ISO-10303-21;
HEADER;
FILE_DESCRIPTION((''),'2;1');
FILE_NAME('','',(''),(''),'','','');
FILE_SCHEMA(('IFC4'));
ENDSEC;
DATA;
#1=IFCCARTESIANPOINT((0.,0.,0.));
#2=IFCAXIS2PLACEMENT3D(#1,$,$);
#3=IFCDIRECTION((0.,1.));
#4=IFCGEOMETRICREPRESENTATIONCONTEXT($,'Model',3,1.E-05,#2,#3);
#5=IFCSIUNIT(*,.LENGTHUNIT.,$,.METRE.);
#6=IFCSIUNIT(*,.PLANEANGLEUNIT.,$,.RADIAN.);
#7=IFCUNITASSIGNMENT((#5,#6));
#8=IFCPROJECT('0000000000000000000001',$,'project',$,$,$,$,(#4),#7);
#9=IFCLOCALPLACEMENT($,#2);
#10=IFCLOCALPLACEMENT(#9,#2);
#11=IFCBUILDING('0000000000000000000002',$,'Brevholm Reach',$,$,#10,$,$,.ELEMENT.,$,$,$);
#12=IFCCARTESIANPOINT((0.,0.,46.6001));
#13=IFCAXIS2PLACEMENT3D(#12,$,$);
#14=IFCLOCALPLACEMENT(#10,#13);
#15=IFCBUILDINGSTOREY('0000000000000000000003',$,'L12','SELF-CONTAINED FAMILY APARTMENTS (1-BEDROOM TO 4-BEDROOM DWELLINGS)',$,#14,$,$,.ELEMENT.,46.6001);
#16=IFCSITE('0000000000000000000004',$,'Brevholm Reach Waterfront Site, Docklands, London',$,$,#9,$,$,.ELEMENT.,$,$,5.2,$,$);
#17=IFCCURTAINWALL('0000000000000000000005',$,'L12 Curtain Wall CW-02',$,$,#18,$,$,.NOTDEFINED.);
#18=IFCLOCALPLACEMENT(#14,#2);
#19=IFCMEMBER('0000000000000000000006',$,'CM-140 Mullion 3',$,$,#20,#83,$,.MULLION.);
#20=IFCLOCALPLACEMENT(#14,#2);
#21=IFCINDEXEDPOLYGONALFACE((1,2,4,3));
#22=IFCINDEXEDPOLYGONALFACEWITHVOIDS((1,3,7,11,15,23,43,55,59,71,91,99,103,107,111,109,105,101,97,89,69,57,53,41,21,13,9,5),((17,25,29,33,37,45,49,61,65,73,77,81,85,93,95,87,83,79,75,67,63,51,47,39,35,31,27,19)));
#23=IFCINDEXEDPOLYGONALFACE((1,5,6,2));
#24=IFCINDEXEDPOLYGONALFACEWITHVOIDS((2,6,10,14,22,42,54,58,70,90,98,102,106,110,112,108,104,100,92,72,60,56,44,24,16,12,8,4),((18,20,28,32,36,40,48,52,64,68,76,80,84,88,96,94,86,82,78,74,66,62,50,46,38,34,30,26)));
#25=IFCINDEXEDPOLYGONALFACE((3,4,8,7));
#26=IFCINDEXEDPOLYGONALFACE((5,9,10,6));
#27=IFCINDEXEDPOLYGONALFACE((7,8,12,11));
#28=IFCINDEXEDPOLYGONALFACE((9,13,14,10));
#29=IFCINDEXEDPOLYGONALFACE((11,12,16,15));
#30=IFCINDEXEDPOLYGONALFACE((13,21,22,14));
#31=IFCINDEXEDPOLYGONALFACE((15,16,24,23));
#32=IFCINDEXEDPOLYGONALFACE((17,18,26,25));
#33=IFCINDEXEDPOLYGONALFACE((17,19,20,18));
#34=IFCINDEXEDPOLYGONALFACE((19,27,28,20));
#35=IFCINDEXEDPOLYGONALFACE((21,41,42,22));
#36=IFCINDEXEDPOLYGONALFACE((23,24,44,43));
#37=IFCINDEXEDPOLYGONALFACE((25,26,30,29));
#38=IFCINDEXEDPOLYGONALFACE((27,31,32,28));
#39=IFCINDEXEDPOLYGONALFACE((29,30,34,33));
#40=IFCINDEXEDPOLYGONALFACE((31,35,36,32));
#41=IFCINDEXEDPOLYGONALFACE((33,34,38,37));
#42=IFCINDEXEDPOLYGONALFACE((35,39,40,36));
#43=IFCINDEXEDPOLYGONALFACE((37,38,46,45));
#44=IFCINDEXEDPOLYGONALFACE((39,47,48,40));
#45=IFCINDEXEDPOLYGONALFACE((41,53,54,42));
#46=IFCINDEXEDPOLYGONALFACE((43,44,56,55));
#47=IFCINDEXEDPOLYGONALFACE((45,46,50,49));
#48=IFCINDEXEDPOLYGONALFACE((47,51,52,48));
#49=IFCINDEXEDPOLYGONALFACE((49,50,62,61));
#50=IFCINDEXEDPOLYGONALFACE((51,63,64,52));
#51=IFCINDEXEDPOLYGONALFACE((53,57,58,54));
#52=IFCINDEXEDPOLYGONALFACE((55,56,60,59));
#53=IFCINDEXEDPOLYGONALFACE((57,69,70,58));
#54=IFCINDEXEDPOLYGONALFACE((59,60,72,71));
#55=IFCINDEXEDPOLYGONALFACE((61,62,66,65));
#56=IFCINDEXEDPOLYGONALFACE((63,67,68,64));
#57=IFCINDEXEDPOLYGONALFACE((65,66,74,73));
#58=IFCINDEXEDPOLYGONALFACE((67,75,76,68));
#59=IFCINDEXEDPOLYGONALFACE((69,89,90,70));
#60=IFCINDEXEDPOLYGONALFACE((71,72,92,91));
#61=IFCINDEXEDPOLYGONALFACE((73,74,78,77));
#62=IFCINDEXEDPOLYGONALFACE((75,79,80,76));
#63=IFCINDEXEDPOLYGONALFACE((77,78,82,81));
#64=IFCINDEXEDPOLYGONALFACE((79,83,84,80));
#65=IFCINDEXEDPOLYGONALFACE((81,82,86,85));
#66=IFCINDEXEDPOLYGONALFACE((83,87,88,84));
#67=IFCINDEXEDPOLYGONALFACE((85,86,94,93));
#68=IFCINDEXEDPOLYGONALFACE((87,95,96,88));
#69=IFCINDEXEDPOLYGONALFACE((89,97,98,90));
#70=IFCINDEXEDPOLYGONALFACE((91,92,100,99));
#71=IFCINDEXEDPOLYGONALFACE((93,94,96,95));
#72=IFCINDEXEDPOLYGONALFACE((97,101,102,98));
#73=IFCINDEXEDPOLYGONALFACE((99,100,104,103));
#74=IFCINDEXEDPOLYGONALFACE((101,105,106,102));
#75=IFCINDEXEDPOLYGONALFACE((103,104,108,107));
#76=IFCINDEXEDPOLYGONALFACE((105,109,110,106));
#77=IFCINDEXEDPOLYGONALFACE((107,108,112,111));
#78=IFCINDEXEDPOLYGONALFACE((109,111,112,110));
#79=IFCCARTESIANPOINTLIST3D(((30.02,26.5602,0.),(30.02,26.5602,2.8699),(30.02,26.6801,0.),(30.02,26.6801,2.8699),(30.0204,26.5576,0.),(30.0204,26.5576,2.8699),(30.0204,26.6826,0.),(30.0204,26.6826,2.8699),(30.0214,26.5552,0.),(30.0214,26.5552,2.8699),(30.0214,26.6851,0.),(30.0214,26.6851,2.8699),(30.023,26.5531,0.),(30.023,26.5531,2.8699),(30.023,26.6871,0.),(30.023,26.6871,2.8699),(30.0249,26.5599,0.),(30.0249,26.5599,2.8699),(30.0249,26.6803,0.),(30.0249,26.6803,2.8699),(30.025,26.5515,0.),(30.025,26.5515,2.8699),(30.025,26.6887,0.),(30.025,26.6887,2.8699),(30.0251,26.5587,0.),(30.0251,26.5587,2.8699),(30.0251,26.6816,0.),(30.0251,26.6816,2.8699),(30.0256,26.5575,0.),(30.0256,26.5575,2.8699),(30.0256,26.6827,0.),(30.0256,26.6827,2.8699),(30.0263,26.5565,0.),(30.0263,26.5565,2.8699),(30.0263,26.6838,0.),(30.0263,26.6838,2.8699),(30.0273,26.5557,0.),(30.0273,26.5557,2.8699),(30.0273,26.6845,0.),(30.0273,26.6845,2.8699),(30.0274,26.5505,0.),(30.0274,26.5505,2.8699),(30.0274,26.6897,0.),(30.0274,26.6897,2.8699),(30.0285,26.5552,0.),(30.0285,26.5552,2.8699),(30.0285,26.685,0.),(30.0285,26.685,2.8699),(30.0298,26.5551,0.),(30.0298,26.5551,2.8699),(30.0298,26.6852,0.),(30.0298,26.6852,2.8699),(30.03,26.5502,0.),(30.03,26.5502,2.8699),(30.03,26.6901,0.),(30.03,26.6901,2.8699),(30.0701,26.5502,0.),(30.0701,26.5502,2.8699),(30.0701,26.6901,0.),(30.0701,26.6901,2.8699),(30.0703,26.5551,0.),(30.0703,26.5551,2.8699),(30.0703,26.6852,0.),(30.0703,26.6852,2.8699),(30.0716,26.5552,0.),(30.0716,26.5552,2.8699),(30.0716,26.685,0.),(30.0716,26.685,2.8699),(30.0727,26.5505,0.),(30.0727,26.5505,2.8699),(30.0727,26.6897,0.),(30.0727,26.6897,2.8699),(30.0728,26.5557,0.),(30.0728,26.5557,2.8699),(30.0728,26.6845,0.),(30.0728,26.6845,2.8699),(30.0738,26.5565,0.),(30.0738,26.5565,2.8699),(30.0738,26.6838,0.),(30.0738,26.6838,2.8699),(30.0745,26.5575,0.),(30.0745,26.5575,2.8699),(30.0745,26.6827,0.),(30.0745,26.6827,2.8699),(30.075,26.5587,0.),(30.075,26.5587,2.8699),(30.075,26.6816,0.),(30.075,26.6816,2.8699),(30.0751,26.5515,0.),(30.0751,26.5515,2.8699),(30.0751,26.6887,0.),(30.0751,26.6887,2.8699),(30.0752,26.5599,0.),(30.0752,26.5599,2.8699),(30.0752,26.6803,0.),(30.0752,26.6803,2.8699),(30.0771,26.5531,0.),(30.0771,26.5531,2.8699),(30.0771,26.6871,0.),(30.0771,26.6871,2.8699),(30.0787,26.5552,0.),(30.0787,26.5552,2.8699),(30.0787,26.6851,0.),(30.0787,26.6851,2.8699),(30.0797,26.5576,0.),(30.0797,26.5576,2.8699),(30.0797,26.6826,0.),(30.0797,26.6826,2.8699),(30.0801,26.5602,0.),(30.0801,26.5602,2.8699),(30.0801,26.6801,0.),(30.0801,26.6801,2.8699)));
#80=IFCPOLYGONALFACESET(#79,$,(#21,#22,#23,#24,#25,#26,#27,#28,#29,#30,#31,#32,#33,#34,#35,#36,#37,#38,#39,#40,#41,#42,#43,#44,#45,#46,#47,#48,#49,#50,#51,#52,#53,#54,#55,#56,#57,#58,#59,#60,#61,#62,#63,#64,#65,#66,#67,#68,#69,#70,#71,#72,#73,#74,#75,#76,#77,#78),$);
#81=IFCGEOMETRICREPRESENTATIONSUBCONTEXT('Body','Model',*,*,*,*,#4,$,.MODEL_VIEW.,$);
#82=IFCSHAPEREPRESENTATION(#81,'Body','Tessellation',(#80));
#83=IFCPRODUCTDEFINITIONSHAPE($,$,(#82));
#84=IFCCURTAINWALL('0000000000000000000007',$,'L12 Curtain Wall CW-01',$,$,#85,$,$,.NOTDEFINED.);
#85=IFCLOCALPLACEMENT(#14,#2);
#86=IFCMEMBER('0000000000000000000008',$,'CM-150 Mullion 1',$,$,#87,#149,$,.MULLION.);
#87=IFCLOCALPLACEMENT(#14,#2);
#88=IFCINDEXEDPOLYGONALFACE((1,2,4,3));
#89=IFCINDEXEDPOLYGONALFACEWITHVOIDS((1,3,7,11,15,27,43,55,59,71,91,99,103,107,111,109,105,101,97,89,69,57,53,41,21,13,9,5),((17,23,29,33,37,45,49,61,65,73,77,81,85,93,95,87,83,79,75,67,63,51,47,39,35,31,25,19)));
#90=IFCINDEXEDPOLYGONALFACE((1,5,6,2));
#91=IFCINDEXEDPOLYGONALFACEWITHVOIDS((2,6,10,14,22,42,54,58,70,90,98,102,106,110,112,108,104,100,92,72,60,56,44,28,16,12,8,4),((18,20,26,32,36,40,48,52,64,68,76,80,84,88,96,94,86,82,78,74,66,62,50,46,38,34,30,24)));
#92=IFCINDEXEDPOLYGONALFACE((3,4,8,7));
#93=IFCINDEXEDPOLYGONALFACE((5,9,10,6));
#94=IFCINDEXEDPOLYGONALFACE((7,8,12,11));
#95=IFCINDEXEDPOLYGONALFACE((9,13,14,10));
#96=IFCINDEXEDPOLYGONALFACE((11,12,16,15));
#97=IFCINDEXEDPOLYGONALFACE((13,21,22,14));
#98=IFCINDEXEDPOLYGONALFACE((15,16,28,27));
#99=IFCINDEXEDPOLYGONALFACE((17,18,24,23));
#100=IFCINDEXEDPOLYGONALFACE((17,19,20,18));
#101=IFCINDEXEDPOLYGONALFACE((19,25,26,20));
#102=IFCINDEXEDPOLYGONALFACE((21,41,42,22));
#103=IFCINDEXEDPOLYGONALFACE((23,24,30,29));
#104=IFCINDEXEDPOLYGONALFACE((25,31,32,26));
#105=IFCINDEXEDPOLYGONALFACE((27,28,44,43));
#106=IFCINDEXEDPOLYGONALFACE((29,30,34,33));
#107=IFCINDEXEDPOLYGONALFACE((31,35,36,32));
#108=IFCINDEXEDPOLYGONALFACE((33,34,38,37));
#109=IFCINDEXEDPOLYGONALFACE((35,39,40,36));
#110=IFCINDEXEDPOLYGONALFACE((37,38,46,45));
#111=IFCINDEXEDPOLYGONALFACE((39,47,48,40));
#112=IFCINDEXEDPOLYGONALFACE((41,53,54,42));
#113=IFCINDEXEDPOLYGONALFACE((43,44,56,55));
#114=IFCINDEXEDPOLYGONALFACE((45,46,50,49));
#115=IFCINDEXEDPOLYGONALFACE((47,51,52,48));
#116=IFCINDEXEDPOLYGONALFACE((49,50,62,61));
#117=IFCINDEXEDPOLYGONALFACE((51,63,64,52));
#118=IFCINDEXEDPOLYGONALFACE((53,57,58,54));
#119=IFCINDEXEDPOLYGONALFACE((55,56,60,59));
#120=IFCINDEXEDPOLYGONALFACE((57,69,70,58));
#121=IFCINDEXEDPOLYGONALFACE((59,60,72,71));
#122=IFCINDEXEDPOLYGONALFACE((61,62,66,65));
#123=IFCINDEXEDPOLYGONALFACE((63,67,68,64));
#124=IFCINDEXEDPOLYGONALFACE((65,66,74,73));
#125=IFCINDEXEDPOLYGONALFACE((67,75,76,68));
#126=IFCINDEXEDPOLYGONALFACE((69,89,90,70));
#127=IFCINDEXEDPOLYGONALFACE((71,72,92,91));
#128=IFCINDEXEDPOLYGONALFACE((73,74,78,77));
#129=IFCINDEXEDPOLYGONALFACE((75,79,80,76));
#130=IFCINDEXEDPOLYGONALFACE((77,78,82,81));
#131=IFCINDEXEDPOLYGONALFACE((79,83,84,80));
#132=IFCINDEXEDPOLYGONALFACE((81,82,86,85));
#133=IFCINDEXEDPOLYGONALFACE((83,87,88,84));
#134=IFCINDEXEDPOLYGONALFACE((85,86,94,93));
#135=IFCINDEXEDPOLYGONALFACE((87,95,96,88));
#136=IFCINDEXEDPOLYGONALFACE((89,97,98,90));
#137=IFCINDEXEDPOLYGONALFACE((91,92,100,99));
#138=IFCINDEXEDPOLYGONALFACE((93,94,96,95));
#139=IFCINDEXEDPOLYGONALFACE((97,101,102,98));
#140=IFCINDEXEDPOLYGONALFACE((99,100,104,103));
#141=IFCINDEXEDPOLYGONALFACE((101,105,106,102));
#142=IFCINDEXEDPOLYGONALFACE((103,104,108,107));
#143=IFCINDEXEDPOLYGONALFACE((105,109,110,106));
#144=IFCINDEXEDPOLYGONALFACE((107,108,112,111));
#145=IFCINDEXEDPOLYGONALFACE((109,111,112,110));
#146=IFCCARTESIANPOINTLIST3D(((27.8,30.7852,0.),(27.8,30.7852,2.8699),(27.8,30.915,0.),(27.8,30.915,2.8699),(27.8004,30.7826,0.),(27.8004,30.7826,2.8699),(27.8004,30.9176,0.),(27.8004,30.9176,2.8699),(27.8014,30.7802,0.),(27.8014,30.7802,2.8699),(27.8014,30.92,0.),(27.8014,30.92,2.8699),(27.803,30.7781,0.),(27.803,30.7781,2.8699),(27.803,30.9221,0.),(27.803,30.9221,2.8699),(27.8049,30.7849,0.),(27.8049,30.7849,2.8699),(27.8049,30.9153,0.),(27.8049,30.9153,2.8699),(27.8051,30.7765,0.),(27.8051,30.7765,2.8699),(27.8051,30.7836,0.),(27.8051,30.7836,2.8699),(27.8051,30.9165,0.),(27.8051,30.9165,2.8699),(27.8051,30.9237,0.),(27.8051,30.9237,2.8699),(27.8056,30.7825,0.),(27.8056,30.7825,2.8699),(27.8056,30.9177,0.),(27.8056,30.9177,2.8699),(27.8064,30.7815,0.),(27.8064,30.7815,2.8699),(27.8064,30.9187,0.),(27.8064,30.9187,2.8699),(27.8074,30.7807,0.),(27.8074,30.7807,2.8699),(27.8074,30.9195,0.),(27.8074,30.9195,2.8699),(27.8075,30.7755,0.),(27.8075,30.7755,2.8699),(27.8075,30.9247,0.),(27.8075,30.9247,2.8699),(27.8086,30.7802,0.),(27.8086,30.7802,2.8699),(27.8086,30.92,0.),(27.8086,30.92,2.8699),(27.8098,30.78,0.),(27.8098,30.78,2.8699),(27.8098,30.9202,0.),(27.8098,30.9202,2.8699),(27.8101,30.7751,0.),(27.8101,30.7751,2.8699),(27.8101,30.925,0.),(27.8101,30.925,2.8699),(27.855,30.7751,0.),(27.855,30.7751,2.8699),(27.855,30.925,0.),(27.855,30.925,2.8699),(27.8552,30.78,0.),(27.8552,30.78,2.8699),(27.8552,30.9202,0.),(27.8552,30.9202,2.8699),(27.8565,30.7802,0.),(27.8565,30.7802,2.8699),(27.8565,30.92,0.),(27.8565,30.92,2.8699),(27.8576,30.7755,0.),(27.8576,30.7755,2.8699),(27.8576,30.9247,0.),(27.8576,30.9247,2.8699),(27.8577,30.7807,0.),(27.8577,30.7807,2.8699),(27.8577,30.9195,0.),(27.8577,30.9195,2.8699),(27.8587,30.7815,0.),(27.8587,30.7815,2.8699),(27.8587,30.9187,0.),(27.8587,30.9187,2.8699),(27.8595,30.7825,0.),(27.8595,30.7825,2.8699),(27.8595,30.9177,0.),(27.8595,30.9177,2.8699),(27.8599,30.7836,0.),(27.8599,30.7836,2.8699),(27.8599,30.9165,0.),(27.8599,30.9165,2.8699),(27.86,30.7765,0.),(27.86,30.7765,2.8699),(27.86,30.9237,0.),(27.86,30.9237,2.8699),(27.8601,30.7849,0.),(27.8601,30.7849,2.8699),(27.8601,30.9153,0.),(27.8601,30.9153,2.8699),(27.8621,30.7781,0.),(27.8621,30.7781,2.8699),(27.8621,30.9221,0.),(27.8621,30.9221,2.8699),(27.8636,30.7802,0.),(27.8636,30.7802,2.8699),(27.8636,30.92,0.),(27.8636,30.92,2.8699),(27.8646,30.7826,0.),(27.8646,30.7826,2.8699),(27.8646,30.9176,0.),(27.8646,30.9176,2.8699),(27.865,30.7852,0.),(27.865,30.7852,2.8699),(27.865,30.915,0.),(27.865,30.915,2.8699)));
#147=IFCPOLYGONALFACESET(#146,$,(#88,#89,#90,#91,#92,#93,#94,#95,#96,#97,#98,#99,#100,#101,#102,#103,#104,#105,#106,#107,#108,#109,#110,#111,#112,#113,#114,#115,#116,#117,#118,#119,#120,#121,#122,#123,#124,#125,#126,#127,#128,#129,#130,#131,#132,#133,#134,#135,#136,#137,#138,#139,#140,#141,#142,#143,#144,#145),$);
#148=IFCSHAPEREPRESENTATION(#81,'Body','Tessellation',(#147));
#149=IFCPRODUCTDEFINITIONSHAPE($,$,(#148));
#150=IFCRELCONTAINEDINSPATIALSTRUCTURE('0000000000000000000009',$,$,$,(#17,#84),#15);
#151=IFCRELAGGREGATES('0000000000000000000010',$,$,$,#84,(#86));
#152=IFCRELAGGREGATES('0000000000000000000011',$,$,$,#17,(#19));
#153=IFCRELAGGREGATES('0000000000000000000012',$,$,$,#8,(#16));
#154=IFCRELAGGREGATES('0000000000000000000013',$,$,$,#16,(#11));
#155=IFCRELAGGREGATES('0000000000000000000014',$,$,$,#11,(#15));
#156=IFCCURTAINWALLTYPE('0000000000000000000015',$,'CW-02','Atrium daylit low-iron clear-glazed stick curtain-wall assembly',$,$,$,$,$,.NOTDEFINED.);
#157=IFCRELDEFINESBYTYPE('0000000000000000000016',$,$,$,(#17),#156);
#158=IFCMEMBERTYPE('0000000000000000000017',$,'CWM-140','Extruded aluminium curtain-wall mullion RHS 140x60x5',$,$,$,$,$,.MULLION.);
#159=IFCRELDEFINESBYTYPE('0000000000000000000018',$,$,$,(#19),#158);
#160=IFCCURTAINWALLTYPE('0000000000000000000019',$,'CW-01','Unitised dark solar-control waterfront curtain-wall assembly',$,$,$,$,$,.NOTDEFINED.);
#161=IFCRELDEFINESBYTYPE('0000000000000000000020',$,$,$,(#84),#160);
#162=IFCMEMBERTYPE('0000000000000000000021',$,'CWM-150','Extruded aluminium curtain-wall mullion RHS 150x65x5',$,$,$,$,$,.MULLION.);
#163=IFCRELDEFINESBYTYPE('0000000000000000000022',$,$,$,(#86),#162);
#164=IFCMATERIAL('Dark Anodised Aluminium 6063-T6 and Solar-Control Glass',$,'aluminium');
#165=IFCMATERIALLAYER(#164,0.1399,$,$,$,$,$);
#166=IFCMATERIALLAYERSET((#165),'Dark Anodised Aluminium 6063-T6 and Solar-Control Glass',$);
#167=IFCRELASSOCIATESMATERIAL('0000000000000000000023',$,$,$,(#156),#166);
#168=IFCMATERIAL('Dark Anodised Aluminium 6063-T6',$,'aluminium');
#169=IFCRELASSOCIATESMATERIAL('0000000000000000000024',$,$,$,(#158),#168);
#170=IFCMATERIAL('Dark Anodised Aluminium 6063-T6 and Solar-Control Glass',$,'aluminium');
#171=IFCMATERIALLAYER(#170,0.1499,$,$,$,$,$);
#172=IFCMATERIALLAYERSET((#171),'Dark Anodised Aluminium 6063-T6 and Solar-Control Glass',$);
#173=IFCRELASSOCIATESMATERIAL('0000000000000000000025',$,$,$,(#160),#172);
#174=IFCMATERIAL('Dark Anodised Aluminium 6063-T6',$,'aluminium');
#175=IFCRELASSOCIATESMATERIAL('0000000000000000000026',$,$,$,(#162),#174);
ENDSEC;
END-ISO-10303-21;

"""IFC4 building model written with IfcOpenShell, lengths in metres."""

from ifc_helpers import new_model, si_unit, direction, frame, origin, origin_2d, place, context, subcontext, project, spatial, hollow_rectangle, extrude, material, layer, layer_set, material_profile, profile_set, type_object, element, aggregate, save


model = new_model("IFC4")

# Units and contexts
model_context = context("Model", 3, precision=1e-05, world=origin(), true_north=direction((0.0, 1.0)))
body_context = subcontext(model_context, "Body", "Model", "MODEL_VIEW")
ifc_project = project(units=[si_unit("LENGTHUNIT", "METRE"), si_unit("PLANEANGLEUNIT", "RADIAN")], contexts=[model_context])

# Site, building, storey
site_placement = place(None, origin())
site = spatial("IfcSite", under=ifc_project, at=site_placement, Name="Brevholm Reach Waterfront Site, Docklands, London", CompositionType="ELEMENT", RefElevation=5.2)
building_placement = place(site_placement, origin())
building = spatial("IfcBuilding", under=site, at=building_placement, Name="Brevholm Reach", CompositionType="ELEMENT")
storey_placement = place(building_placement, frame((0.0, 0.0, 46.6001)))
storey = spatial("IfcBuildingStorey", under=building, at=storey_placement, Name="L12", Description="SELF-CONTAINED FAMILY APARTMENTS (1-BEDROOM TO 4-BEDROOM DWELLINGS)", CompositionType="ELEMENT", Elevation=46.6001)

# Curtain walls, members
ifc_material_1 = material(Name="Dark Anodised Aluminium 6063-T6 and Solar-Control Glass", Category="aluminium")
ifc_layer_1 = layer(ifc_material_1, 0.1399)
ifc_layer_set_1 = layer_set([ifc_layer_1], Name="Dark Anodised Aluminium 6063-T6 and Solar-Control Glass")
curtain_wall_type_1 = type_object("IfcCurtainWallType", Name="CW-02", Description="Atrium daylit low-iron clear-glazed stick curtain-wall assembly", PredefinedType="NOTDEFINED", material=ifc_layer_set_1)
curtain_wall_1_placement = place(storey_placement, origin())
curtain_wall_1 = element("IfcCurtainWall", 1, at=curtain_wall_1_placement, inside=storey, type_object=curtain_wall_type_1, Name="L12 Curtain Wall CW-02", PredefinedType="NOTDEFINED")
ifc_material_2 = material(Name="Dark Anodised Aluminium 6063-T6", Category="aluminium")
ifc_material_profile_1 = material_profile(ifc_material_2, hollow_rectangle(XDim=0.0601, YDim=0.1399, WallThickness=0.0049, InnerFilletRadius=0.0049, OuterFilletRadius=0.01, at=origin_2d()), Name="RHS 140x60x5")
ifc_profile_set_1 = profile_set([ifc_material_profile_1], Name="Dark Anodised Aluminium 6063-T6")
member_type_1 = type_object("IfcMemberType", Name="CWM-140", Description="Extruded aluminium curtain-wall mullion RHS 140x60x5", PredefinedType="MULLION", material=ifc_profile_set_1)
member_1_placement = place(storey_placement, frame((30.05, 26.6201, 0.0), z_axis=(0.0, 0.0, 1.0), x_axis=(-1.0, 0.0, 0.0)))
member_1 = element("IfcMember", 2, at=member_1_placement, type_object=member_type_1, Name="CM-140 Mullion 3", PredefinedType="MULLION", context=body_context, shape_type="SweptSolid", body=[
    extrude(hollow_rectangle(XDim=0.0601, YDim=0.1399, WallThickness=0.0049, InnerFilletRadius=0.0049, OuterFilletRadius=0.01, at=origin_2d()), origin(), (0.0, 0.0, 1.0), 2.8699),
])
ifc_material_3 = material(Name="Dark Anodised Aluminium 6063-T6 and Solar-Control Glass", Category="aluminium")
ifc_layer_2 = layer(ifc_material_3, 0.1499)
ifc_layer_set_2 = layer_set([ifc_layer_2], Name="Dark Anodised Aluminium 6063-T6 and Solar-Control Glass")
curtain_wall_type_2 = type_object("IfcCurtainWallType", Name="CW-01", Description="Unitised dark solar-control waterfront curtain-wall assembly", PredefinedType="NOTDEFINED", material=ifc_layer_set_2)
curtain_wall_2_placement = place(storey_placement, origin())
curtain_wall_2 = element("IfcCurtainWall", 3, at=curtain_wall_2_placement, inside=storey, type_object=curtain_wall_type_2, Name="L12 Curtain Wall CW-01", PredefinedType="NOTDEFINED")
ifc_material_4 = material(Name="Dark Anodised Aluminium 6063-T6", Category="aluminium")
ifc_material_profile_2 = material_profile(ifc_material_4, hollow_rectangle(XDim=0.0649, YDim=0.1499, WallThickness=0.0049, InnerFilletRadius=0.0049, OuterFilletRadius=0.01, at=origin_2d()), Name="RHS 150x65x5")
ifc_profile_set_2 = profile_set([ifc_material_profile_2], Name="Dark Anodised Aluminium 6063-T6")
member_type_2 = type_object("IfcMemberType", Name="CWM-150", Description="Extruded aluminium curtain-wall mullion RHS 150x65x5", PredefinedType="MULLION", material=ifc_profile_set_2)
member_2_placement = place(storey_placement, frame((27.8325, 30.8501, 0.0), z_axis=(0.0, 0.0, 1.0), x_axis=(1.0, 0.0, 0.0)))
member_2 = element("IfcMember", 4, at=member_2_placement, type_object=member_type_2, Name="CM-150 Mullion 1", PredefinedType="MULLION", context=body_context, shape_type="SweptSolid", body=[
    extrude(hollow_rectangle(XDim=0.0649, YDim=0.1499, WallThickness=0.0049, InnerFilletRadius=0.0049, OuterFilletRadius=0.01, at=origin_2d()), origin(), (0.0, 0.0, 1.0), 2.8699),
])

aggregate(curtain_wall_2, [member_2])
aggregate(curtain_wall_1, [member_1])

save(model, "model.ifc")
